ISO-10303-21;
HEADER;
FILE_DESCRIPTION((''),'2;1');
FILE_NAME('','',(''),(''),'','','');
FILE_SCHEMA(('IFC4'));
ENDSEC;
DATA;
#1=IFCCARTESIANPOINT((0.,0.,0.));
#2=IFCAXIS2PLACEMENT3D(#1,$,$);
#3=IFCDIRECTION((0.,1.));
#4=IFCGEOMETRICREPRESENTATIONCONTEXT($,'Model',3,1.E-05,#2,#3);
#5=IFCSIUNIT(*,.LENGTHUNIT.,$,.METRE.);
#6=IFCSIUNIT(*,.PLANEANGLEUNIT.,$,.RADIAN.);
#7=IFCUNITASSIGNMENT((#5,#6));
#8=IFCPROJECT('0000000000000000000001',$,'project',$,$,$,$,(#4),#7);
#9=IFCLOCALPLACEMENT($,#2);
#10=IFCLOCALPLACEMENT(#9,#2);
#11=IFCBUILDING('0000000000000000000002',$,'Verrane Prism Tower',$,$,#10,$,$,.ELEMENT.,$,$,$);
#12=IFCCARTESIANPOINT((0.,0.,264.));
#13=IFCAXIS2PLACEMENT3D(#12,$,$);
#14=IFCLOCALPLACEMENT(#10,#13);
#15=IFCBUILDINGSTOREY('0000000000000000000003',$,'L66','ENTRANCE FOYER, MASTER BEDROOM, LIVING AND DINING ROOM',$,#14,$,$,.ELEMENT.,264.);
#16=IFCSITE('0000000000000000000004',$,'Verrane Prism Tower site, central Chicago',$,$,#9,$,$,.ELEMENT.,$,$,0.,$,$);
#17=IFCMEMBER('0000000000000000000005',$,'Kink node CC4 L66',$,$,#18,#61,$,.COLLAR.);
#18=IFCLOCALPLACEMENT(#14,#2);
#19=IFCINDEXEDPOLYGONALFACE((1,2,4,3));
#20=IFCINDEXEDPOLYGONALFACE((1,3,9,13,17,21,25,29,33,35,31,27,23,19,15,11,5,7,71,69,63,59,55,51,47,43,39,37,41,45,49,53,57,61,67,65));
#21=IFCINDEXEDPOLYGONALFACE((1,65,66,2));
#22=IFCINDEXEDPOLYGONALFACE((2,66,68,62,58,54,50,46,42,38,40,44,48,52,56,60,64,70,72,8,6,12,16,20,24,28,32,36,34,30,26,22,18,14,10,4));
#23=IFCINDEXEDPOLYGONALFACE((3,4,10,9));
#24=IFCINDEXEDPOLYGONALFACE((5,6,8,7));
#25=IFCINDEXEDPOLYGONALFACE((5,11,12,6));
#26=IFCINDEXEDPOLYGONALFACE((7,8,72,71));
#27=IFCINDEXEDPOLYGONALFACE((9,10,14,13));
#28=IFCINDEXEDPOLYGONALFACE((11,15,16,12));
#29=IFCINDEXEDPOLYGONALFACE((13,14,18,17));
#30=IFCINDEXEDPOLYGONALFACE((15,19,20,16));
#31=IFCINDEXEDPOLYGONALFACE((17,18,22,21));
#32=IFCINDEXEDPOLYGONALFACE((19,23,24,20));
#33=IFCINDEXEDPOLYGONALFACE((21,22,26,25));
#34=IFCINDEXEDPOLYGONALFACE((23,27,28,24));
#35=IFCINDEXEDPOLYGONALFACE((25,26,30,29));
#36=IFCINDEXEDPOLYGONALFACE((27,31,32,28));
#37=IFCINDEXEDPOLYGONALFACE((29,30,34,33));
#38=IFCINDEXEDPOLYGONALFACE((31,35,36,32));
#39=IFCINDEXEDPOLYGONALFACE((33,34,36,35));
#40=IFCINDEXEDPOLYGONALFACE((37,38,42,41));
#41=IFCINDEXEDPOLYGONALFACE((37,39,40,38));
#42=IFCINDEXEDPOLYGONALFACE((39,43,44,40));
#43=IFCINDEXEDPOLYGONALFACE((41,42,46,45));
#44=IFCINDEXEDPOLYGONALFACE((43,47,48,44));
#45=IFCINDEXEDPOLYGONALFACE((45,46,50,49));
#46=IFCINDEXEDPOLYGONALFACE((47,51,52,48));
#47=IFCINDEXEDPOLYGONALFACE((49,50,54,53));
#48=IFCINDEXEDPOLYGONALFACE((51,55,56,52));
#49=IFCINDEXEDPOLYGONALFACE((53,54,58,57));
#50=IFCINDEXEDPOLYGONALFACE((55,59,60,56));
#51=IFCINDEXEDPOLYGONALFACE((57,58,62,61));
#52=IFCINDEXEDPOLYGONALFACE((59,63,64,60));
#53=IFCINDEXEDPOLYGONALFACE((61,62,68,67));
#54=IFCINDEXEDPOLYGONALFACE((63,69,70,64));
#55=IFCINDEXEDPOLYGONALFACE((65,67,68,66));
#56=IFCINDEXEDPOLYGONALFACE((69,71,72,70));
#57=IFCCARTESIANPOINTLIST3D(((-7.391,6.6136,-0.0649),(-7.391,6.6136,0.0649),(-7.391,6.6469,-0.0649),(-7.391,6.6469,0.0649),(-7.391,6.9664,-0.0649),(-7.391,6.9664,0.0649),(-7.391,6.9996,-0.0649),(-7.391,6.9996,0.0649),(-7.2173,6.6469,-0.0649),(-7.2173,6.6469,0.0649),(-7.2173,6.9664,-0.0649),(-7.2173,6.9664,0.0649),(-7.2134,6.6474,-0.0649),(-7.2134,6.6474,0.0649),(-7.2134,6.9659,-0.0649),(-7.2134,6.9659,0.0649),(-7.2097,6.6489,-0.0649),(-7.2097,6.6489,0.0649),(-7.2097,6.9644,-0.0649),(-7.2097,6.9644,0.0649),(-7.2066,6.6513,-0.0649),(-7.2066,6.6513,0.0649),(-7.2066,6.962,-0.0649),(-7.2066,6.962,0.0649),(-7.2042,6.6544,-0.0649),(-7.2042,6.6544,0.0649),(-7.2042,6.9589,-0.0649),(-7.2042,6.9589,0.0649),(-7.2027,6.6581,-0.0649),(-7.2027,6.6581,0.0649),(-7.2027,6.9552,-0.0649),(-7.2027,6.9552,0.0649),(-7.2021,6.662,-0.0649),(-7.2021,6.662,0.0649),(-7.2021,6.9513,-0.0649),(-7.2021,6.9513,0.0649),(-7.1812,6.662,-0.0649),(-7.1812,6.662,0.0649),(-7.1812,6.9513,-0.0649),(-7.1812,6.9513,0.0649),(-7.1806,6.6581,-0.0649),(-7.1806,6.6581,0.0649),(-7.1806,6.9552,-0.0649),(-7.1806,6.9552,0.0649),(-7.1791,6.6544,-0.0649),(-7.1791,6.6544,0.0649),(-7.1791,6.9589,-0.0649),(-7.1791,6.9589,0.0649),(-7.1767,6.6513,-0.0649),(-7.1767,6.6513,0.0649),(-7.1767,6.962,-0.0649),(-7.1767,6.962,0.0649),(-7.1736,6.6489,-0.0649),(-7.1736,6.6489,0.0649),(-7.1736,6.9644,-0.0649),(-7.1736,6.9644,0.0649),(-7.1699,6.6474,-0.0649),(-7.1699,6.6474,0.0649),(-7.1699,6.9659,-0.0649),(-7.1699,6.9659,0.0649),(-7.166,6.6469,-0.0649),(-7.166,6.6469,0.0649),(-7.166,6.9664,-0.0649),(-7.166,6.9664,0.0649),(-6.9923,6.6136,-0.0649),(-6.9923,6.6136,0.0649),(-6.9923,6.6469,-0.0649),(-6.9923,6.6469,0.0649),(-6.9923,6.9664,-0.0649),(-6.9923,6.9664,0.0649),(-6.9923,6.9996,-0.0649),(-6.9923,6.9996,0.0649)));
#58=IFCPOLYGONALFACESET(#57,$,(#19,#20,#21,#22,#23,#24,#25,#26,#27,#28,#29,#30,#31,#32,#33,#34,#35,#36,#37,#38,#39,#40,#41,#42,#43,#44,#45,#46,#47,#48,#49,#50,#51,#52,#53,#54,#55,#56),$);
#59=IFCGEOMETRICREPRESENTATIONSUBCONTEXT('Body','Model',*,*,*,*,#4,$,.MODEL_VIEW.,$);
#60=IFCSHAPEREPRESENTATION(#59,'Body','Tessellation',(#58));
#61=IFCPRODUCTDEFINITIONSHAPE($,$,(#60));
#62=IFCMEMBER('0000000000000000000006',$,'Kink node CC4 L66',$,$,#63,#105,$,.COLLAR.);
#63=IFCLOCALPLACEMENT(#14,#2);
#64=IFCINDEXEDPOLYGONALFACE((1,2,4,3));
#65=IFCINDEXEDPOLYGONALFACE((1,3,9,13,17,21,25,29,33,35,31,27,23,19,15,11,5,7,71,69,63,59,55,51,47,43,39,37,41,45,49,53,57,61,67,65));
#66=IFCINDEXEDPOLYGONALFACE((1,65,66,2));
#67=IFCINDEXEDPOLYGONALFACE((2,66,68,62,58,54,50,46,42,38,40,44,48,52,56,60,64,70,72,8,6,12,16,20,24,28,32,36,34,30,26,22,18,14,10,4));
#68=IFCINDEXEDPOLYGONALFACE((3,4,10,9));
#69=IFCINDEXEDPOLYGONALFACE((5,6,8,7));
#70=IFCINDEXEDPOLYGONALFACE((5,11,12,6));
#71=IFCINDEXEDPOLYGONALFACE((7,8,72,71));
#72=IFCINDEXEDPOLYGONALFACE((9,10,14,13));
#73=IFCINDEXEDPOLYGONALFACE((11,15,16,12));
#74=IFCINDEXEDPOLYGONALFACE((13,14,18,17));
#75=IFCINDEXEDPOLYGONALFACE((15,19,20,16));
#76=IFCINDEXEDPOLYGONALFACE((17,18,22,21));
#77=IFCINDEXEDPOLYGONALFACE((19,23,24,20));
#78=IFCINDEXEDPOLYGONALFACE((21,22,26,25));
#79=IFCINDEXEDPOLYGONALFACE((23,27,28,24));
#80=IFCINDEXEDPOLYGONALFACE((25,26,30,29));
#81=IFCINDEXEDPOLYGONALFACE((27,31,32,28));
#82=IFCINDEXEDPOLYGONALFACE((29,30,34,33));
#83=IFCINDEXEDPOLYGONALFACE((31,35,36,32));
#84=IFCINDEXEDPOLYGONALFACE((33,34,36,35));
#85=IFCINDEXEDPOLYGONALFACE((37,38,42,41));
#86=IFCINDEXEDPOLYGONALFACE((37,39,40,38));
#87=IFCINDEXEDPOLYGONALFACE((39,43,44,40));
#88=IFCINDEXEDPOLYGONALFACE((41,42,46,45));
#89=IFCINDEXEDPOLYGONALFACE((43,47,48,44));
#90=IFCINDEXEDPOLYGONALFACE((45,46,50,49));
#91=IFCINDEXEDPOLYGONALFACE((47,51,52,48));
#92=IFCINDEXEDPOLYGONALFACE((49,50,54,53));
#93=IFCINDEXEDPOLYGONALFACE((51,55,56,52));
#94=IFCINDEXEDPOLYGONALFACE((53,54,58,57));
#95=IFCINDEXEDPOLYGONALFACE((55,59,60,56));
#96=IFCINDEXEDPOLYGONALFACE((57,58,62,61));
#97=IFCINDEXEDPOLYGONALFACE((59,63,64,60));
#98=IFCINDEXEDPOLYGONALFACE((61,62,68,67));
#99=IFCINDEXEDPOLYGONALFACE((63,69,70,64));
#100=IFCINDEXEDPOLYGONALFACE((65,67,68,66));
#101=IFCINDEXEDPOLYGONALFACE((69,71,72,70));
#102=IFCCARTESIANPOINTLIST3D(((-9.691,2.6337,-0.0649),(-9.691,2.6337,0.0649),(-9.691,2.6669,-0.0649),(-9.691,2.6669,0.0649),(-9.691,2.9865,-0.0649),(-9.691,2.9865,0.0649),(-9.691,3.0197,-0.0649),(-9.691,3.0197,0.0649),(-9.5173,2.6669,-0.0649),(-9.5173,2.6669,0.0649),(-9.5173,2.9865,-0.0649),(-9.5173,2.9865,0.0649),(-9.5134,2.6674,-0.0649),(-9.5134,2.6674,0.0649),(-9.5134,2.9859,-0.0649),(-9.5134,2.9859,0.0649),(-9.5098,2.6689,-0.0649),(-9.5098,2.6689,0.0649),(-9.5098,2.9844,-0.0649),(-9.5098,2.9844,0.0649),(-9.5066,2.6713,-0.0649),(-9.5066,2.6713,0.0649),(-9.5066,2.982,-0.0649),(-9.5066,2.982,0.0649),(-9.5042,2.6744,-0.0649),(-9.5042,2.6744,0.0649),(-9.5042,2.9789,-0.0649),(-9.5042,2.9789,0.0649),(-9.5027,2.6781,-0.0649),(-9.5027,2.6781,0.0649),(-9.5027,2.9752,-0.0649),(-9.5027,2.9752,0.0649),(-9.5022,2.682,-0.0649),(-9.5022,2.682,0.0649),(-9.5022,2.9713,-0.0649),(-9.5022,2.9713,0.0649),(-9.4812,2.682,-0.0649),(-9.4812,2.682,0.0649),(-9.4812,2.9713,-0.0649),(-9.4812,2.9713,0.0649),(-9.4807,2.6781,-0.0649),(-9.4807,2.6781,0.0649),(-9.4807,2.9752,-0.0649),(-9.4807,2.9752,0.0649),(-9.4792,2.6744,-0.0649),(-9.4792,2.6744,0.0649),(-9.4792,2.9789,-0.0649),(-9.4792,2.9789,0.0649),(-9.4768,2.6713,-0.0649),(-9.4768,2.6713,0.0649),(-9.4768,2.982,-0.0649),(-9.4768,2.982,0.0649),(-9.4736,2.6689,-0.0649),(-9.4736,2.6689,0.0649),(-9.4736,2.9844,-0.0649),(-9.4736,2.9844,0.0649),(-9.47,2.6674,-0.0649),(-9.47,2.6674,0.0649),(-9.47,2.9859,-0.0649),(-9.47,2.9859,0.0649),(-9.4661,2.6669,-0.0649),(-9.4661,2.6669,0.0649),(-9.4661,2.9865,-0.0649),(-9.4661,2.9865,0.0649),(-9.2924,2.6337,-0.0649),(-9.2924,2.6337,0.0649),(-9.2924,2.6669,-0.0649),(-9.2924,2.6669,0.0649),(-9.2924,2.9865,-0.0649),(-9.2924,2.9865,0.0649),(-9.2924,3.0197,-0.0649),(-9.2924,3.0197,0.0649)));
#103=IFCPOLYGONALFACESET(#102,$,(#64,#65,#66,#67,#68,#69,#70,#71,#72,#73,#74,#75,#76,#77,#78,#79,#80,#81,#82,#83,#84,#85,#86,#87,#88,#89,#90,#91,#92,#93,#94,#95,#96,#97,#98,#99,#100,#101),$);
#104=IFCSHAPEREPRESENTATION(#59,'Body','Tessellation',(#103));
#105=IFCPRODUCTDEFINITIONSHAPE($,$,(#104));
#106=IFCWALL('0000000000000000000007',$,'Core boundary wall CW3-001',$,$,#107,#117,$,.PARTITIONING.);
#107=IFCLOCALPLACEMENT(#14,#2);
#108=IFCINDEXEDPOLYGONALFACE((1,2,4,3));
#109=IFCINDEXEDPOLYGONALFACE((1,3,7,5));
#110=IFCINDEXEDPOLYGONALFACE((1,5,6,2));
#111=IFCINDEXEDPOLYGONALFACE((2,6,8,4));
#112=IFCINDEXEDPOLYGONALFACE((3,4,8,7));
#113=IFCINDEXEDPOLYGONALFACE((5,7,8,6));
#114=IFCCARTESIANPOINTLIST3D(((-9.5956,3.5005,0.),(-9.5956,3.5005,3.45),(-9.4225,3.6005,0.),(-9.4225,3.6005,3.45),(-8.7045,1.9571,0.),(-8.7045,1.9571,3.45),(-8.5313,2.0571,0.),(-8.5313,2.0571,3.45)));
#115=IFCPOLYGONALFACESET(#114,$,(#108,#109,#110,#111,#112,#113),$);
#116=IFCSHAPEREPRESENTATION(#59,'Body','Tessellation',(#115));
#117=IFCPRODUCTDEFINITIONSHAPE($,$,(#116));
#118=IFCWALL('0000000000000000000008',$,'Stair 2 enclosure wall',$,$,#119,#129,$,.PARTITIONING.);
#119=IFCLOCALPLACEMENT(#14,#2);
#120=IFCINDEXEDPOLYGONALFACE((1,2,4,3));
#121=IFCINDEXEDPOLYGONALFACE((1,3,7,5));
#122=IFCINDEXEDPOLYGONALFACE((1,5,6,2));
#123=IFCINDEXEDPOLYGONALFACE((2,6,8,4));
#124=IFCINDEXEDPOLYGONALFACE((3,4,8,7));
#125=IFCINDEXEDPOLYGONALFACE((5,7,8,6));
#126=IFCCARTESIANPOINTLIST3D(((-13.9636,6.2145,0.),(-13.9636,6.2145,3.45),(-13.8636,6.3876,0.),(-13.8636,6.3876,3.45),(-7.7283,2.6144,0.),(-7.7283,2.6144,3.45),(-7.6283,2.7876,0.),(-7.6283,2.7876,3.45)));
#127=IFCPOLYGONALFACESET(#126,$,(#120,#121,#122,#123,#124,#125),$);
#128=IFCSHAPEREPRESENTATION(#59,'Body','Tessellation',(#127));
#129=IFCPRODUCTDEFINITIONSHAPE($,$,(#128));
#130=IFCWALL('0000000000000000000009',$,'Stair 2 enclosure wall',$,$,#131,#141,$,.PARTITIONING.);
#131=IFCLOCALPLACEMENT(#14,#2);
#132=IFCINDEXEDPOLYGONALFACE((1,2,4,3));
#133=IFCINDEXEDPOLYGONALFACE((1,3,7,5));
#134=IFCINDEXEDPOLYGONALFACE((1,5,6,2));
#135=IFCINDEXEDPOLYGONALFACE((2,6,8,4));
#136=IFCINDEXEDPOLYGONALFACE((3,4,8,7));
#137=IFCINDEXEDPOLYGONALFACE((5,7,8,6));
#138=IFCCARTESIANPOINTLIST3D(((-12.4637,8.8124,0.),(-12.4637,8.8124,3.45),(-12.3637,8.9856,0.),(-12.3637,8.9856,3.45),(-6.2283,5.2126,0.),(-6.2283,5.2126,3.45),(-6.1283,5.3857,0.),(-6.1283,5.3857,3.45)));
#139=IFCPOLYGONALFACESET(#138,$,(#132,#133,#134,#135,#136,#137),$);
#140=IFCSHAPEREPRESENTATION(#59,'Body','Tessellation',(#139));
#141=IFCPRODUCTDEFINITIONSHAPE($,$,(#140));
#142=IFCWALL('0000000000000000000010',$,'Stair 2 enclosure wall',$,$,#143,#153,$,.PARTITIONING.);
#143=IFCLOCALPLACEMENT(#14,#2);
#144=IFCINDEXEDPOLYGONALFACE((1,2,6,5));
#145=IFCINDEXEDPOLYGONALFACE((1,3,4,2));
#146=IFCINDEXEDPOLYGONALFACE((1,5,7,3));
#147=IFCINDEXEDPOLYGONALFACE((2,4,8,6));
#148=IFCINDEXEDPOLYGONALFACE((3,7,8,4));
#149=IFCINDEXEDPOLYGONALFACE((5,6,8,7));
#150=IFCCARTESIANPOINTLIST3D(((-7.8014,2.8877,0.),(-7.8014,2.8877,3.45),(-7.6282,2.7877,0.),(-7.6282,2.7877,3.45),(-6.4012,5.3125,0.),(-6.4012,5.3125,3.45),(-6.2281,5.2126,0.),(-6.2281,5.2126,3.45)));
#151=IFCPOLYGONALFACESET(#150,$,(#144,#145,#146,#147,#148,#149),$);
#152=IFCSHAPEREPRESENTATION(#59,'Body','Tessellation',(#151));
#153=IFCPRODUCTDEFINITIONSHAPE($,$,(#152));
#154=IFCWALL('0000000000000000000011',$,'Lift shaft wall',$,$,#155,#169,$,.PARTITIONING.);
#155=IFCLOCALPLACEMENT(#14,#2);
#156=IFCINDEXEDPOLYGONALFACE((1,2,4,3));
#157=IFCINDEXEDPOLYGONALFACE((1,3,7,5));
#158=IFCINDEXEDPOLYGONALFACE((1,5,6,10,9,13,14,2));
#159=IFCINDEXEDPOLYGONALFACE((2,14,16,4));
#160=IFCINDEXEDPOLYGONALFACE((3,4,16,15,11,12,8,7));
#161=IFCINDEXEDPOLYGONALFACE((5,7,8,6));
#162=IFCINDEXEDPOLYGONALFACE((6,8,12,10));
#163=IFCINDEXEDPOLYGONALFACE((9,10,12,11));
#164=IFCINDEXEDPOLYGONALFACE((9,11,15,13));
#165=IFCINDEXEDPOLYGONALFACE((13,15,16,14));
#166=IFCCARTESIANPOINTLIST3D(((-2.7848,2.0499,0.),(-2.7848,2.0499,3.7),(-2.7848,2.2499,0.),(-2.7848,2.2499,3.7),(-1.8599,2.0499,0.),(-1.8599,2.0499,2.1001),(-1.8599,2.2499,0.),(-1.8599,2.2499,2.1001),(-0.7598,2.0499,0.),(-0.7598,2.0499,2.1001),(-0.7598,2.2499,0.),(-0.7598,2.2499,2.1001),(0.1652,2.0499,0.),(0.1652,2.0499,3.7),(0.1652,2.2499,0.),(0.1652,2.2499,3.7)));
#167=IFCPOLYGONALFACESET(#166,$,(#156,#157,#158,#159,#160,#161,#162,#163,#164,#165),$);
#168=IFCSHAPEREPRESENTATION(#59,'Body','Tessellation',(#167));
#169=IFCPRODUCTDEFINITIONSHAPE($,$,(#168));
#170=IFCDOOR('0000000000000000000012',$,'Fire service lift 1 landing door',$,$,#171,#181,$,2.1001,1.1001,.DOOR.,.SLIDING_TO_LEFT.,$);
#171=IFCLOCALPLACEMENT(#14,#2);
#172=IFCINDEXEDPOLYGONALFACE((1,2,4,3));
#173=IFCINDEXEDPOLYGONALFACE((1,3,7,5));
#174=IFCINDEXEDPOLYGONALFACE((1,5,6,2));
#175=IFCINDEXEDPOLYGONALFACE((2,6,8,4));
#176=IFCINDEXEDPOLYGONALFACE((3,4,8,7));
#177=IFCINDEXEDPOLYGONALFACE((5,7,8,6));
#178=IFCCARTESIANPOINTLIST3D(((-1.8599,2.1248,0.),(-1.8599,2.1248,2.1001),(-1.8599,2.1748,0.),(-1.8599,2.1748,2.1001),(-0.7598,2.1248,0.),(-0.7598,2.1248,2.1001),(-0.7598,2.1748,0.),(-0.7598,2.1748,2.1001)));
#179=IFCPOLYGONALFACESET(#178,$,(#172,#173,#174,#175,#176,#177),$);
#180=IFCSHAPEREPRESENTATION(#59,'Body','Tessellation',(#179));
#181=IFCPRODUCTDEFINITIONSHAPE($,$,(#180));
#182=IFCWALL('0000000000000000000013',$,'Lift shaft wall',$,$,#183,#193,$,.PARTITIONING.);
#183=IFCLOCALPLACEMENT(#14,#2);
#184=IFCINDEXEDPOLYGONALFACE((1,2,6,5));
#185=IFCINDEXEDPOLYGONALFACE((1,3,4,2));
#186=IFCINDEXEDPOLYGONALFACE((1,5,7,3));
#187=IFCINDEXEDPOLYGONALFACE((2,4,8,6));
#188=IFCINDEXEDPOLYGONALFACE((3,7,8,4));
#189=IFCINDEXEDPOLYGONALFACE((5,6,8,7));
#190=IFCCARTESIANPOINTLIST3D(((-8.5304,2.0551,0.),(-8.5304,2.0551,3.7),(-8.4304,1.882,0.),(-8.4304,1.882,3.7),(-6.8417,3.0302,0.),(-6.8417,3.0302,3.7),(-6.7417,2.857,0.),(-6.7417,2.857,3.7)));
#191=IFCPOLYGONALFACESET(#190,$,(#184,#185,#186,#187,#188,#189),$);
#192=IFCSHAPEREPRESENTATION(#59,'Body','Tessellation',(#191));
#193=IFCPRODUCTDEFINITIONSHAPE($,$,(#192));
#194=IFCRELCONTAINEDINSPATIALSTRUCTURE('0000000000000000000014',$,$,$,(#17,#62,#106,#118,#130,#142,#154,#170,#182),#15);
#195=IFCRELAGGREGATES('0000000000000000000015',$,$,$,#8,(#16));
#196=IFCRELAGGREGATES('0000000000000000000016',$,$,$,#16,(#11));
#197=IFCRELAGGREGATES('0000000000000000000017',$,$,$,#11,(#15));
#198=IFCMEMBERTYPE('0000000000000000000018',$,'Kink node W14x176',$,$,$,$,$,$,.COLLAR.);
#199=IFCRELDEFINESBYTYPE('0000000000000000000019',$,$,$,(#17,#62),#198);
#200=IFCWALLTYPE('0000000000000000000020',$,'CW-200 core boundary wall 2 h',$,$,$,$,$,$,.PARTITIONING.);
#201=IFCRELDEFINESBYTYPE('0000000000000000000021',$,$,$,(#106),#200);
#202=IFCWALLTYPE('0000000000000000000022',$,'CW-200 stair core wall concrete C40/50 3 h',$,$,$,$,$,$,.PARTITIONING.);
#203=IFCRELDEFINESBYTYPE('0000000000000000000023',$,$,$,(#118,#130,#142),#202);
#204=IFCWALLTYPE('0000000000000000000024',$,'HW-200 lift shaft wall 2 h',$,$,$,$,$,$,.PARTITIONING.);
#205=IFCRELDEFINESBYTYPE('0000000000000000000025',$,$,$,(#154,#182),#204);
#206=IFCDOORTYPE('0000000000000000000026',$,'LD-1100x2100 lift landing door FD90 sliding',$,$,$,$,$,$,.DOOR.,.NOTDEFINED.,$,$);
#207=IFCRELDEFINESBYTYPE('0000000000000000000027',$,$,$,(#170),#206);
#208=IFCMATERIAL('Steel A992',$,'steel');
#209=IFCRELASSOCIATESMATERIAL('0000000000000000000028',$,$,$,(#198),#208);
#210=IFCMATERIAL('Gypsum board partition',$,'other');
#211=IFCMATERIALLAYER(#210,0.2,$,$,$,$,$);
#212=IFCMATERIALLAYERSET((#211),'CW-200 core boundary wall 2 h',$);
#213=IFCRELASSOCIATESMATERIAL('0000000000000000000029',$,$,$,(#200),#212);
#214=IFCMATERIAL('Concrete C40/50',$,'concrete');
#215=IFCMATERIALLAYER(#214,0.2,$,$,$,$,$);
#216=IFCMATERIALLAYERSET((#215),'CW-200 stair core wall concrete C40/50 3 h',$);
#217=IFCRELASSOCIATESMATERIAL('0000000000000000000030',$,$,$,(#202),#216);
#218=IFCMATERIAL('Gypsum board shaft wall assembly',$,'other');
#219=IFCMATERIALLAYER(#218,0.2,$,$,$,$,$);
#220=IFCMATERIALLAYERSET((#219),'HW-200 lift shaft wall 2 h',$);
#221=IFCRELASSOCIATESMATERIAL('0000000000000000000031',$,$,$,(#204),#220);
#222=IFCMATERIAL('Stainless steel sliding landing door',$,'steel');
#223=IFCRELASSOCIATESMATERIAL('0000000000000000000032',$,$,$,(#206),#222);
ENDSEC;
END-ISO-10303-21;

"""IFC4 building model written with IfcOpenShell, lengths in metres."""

from ifc_helpers import new_model, si_unit, direction, frame, frame_2d, origin, origin_2d, place, context, subcontext, project, spatial, rectangle, i_section, extrude, material, layer, layer_set, material_profile, profile_set, type_object, element, fill, save


model = new_model("IFC4")

# Units and contexts
model_context = context("Model", 3, precision=1e-05, world=origin(), true_north=direction((0.0, 1.0)))
body_context = subcontext(model_context, "Body", "Model", "MODEL_VIEW")
ifc_project = project(units=[si_unit("LENGTHUNIT", "METRE"), si_unit("PLANEANGLEUNIT", "RADIAN")], contexts=[model_context])

# Site, building, storey
site_placement = place(None, origin())
site = spatial("IfcSite", under=ifc_project, at=site_placement, Name="Verrane Prism Tower site, central Chicago", CompositionType="ELEMENT", RefElevation=0.0)
building_placement = place(site_placement, origin())
building = spatial("IfcBuilding", under=site, at=building_placement, Name="Verrane Prism Tower", CompositionType="ELEMENT")
storey_placement = place(building_placement, frame((0.0, 0.0, 264.0)))
storey = spatial("IfcBuildingStorey", under=building, at=storey_placement, Name="L66", Description="ENTRANCE FOYER, MASTER BEDROOM, LIVING AND DINING ROOM", CompositionType="ELEMENT", Elevation=264.0)

# Members
ifc_material_1 = material(Name="Steel A992", Category="steel")
ifc_material_profile_1 = material_profile(ifc_material_1, i_section(OverallWidth=0.3987, OverallDepth=0.386, WebThickness=0.021, FlangeThickness=0.0332, FilletRadius=0.0151, at=origin_2d()), Name="W14x176")
ifc_profile_set_1 = profile_set([ifc_material_profile_1], Name="Steel A992")
member_type = type_object("IfcMemberType", Name="Kink node W14x176", PredefinedType="COLLAR", material=ifc_profile_set_1)
for number, where, z_axis, x_axis, name in (
    (1, (-7.1917, 6.8066, -0.0649), (0.0, 0.0, 1.0), (1.0, 0.0, 0.0), "Kink node CC4 L66"),
    (2, (-9.4917, 2.8267, -0.0649), (0.0, 0.0, 1.0), (1.0, 0.0, 0.0), "Kink node CC4 L66"),
):
    element("IfcMember", number, at=place(storey_placement, frame(where, z_axis=z_axis, x_axis=x_axis)), inside=storey, type_object=member_type, Name=name, PredefinedType="COLLAR", context=body_context, shape_type="SweptSolid", body=[
        extrude(i_section(OverallWidth=0.3987, OverallDepth=0.386, WebThickness=0.021, FlangeThickness=0.0332, FilletRadius=0.0151, at=origin_2d()), origin(), (0.0, 0.0, 1.0), 0.1299),
    ])

# Walls
ifc_material_2 = material(Name="Gypsum board partition", Category="other")
ifc_layer_1 = layer(ifc_material_2, 0.2)
ifc_layer_set_1 = layer_set([ifc_layer_1], Name="CW-200 core boundary wall 2 h")
wall_type_1 = type_object("IfcWallType", Name="CW-200 core boundary wall 2 h", PredefinedType="PARTITIONING", material=ifc_layer_set_1)
wall_1_placement = place(storey_placement, frame((-9.509, 3.5505, 0.0), z_axis=(0.0, 0.0, 1.0), x_axis=(0.499999, -0.866026, 0.0)))
element("IfcWall", 3, at=wall_1_placement, inside=storey, type_object=wall_type_1, Name="Core boundary wall CW3-001", PredefinedType="PARTITIONING", context=body_context, shape_type="SweptSolid", body=[
    extrude(rectangle(XDim=1.7822, YDim=0.2, at=frame_2d((0.8911, 0.0))), origin(), (0.0, 0.0, 1.0), 3.45),
])
ifc_material_3 = material(Name="Concrete C40/50", Category="concrete")
ifc_layer_2 = layer(ifc_material_3, 0.2)
ifc_layer_set_2 = layer_set([ifc_layer_2], Name="CW-200 stair core wall concrete C40/50 3 h")
wall_type_2 = type_object("IfcWallType", Name="CW-200 stair core wall concrete C40/50 3 h", PredefinedType="PARTITIONING", material=ifc_layer_set_2)
for number, where, z_axis, x_axis, name in (
    (4, (-7.6782, 2.7009, 0.0), (0.0, 0.0, 1.0), (-0.866018, 0.500012, 0.0), "Stair 2 enclosure wall"),
    (5, (-6.1782, 5.2991, 0.0), (0.0, 0.0, 1.0), (-0.866033, 0.499987, 0.0), "Stair 2 enclosure wall"),
):
    element("IfcWall", number, at=place(storey_placement, frame(where, z_axis=z_axis, x_axis=x_axis)), inside=storey, type_object=wall_type_2, Name=name, PredefinedType="PARTITIONING", context=body_context, shape_type="SweptSolid", body=[
        extrude(rectangle(XDim=7.2, YDim=0.2, at=frame_2d((3.6001, 0.0))), origin(), (0.0, 0.0, 1.0), 3.45),
    ])
wall_2_placement = place(storey_placement, frame((-6.3147, 5.2625, 0.0), z_axis=(0.0, 0.0, 1.0), x_axis=(-0.50005, -0.865997, 0.0)))
element("IfcWall", 6, at=wall_2_placement, inside=storey, type_object=wall_type_2, Name="Stair 2 enclosure wall", PredefinedType="PARTITIONING", context=body_context, shape_type="SweptSolid", body=[
    extrude(rectangle(XDim=2.8, YDim=0.2, at=frame_2d((1.3999, 0.0))), origin(), (0.0, 0.0, 1.0), 3.45),
])

# Wall, opening, door
ifc_material_4 = material(Name="Gypsum board shaft wall assembly", Category="other")
ifc_layer_3 = layer(ifc_material_4, 0.2)
ifc_layer_set_3 = layer_set([ifc_layer_3], Name="HW-200 lift shaft wall 2 h")
wall_type_3 = type_object("IfcWallType", Name="HW-200 lift shaft wall 2 h", PredefinedType="PARTITIONING", material=ifc_layer_set_3)
wall_3_placement = place(storey_placement, frame((-2.7849, 2.1499, 0.0), z_axis=(0.0, 0.0, 1.0), x_axis=(1.0, 0.0, 0.0)))
wall_3 = element("IfcWall", 7, at=wall_3_placement, inside=storey, type_object=wall_type_3, Name="Lift shaft wall", PredefinedType="PARTITIONING", context=body_context, shape_type="SweptSolid", body=[
    extrude(rectangle(XDim=2.95, YDim=0.2, at=frame_2d((1.4751, 0.0))), origin(), (0.0, 0.0, 1.0), 3.7),
])
opening_1_placement = place(wall_3_placement, frame((0.925, 0.0, 0.0)))
opening_1 = element("IfcOpeningElement", 8, at=opening_1_placement, cuts=wall_3, PredefinedType="OPENING", context=body_context, shape_type="SweptSolid", body=[
    extrude(rectangle(XDim=1.1001, YDim=2.1001, at=frame_2d((0.55, 1.05))), frame((0.0, 0.1099, 0.0), z_axis=(0.0, -1.0, 0.0), x_axis=(1.0, 0.0, 0.0)), (0.0, 0.0, 1.0), 0.22),
])
ifc_material_5 = material(Name="Stainless steel sliding landing door", Category="steel")
door_type_1 = type_object("IfcDoorType", Name="LD-1100x2100 lift landing door FD90 sliding", OperationType="NOTDEFINED", PredefinedType="DOOR", material=ifc_material_5)
door_1_placement = place(opening_1_placement, origin())
door_1 = element("IfcDoor", 9, at=door_1_placement, inside=storey, type_object=door_type_1, Name="Fire service lift 1 landing door", OperationType="SLIDING_TO_LEFT", OverallHeight=2.1001, OverallWidth=1.1001, PredefinedType="DOOR", context=body_context, shape_type="SweptSolid", body=[
    extrude(rectangle(XDim=1.1001, YDim=2.1001, at=frame_2d((0.55, 1.05))), frame((0.0, 0.0249, 0.0), z_axis=(0.0, -1.0, 0.0), x_axis=(1.0, 0.0, 0.0)), (0.0, 0.0, 1.0), 0.05),
])
fill(opening_1, door_1)

# Wall
wall_4_placement = place(storey_placement, frame((-8.4805, 1.9685, 0.0), z_axis=(0.0, 0.0, 1.0), x_axis=(0.866, 0.500044, 0.0)))
element("IfcWall", 10, at=wall_4_placement, inside=storey, type_object=wall_type_3, Name="Lift shaft wall", PredefinedType="PARTITIONING", context=body_context, shape_type="SweptSolid", body=[
    extrude(rectangle(XDim=1.95, YDim=0.2, at=frame_2d((0.9751, 0.0))), origin(), (0.0, 0.0, 1.0), 3.7),
])

save(model, "model.ifc")
